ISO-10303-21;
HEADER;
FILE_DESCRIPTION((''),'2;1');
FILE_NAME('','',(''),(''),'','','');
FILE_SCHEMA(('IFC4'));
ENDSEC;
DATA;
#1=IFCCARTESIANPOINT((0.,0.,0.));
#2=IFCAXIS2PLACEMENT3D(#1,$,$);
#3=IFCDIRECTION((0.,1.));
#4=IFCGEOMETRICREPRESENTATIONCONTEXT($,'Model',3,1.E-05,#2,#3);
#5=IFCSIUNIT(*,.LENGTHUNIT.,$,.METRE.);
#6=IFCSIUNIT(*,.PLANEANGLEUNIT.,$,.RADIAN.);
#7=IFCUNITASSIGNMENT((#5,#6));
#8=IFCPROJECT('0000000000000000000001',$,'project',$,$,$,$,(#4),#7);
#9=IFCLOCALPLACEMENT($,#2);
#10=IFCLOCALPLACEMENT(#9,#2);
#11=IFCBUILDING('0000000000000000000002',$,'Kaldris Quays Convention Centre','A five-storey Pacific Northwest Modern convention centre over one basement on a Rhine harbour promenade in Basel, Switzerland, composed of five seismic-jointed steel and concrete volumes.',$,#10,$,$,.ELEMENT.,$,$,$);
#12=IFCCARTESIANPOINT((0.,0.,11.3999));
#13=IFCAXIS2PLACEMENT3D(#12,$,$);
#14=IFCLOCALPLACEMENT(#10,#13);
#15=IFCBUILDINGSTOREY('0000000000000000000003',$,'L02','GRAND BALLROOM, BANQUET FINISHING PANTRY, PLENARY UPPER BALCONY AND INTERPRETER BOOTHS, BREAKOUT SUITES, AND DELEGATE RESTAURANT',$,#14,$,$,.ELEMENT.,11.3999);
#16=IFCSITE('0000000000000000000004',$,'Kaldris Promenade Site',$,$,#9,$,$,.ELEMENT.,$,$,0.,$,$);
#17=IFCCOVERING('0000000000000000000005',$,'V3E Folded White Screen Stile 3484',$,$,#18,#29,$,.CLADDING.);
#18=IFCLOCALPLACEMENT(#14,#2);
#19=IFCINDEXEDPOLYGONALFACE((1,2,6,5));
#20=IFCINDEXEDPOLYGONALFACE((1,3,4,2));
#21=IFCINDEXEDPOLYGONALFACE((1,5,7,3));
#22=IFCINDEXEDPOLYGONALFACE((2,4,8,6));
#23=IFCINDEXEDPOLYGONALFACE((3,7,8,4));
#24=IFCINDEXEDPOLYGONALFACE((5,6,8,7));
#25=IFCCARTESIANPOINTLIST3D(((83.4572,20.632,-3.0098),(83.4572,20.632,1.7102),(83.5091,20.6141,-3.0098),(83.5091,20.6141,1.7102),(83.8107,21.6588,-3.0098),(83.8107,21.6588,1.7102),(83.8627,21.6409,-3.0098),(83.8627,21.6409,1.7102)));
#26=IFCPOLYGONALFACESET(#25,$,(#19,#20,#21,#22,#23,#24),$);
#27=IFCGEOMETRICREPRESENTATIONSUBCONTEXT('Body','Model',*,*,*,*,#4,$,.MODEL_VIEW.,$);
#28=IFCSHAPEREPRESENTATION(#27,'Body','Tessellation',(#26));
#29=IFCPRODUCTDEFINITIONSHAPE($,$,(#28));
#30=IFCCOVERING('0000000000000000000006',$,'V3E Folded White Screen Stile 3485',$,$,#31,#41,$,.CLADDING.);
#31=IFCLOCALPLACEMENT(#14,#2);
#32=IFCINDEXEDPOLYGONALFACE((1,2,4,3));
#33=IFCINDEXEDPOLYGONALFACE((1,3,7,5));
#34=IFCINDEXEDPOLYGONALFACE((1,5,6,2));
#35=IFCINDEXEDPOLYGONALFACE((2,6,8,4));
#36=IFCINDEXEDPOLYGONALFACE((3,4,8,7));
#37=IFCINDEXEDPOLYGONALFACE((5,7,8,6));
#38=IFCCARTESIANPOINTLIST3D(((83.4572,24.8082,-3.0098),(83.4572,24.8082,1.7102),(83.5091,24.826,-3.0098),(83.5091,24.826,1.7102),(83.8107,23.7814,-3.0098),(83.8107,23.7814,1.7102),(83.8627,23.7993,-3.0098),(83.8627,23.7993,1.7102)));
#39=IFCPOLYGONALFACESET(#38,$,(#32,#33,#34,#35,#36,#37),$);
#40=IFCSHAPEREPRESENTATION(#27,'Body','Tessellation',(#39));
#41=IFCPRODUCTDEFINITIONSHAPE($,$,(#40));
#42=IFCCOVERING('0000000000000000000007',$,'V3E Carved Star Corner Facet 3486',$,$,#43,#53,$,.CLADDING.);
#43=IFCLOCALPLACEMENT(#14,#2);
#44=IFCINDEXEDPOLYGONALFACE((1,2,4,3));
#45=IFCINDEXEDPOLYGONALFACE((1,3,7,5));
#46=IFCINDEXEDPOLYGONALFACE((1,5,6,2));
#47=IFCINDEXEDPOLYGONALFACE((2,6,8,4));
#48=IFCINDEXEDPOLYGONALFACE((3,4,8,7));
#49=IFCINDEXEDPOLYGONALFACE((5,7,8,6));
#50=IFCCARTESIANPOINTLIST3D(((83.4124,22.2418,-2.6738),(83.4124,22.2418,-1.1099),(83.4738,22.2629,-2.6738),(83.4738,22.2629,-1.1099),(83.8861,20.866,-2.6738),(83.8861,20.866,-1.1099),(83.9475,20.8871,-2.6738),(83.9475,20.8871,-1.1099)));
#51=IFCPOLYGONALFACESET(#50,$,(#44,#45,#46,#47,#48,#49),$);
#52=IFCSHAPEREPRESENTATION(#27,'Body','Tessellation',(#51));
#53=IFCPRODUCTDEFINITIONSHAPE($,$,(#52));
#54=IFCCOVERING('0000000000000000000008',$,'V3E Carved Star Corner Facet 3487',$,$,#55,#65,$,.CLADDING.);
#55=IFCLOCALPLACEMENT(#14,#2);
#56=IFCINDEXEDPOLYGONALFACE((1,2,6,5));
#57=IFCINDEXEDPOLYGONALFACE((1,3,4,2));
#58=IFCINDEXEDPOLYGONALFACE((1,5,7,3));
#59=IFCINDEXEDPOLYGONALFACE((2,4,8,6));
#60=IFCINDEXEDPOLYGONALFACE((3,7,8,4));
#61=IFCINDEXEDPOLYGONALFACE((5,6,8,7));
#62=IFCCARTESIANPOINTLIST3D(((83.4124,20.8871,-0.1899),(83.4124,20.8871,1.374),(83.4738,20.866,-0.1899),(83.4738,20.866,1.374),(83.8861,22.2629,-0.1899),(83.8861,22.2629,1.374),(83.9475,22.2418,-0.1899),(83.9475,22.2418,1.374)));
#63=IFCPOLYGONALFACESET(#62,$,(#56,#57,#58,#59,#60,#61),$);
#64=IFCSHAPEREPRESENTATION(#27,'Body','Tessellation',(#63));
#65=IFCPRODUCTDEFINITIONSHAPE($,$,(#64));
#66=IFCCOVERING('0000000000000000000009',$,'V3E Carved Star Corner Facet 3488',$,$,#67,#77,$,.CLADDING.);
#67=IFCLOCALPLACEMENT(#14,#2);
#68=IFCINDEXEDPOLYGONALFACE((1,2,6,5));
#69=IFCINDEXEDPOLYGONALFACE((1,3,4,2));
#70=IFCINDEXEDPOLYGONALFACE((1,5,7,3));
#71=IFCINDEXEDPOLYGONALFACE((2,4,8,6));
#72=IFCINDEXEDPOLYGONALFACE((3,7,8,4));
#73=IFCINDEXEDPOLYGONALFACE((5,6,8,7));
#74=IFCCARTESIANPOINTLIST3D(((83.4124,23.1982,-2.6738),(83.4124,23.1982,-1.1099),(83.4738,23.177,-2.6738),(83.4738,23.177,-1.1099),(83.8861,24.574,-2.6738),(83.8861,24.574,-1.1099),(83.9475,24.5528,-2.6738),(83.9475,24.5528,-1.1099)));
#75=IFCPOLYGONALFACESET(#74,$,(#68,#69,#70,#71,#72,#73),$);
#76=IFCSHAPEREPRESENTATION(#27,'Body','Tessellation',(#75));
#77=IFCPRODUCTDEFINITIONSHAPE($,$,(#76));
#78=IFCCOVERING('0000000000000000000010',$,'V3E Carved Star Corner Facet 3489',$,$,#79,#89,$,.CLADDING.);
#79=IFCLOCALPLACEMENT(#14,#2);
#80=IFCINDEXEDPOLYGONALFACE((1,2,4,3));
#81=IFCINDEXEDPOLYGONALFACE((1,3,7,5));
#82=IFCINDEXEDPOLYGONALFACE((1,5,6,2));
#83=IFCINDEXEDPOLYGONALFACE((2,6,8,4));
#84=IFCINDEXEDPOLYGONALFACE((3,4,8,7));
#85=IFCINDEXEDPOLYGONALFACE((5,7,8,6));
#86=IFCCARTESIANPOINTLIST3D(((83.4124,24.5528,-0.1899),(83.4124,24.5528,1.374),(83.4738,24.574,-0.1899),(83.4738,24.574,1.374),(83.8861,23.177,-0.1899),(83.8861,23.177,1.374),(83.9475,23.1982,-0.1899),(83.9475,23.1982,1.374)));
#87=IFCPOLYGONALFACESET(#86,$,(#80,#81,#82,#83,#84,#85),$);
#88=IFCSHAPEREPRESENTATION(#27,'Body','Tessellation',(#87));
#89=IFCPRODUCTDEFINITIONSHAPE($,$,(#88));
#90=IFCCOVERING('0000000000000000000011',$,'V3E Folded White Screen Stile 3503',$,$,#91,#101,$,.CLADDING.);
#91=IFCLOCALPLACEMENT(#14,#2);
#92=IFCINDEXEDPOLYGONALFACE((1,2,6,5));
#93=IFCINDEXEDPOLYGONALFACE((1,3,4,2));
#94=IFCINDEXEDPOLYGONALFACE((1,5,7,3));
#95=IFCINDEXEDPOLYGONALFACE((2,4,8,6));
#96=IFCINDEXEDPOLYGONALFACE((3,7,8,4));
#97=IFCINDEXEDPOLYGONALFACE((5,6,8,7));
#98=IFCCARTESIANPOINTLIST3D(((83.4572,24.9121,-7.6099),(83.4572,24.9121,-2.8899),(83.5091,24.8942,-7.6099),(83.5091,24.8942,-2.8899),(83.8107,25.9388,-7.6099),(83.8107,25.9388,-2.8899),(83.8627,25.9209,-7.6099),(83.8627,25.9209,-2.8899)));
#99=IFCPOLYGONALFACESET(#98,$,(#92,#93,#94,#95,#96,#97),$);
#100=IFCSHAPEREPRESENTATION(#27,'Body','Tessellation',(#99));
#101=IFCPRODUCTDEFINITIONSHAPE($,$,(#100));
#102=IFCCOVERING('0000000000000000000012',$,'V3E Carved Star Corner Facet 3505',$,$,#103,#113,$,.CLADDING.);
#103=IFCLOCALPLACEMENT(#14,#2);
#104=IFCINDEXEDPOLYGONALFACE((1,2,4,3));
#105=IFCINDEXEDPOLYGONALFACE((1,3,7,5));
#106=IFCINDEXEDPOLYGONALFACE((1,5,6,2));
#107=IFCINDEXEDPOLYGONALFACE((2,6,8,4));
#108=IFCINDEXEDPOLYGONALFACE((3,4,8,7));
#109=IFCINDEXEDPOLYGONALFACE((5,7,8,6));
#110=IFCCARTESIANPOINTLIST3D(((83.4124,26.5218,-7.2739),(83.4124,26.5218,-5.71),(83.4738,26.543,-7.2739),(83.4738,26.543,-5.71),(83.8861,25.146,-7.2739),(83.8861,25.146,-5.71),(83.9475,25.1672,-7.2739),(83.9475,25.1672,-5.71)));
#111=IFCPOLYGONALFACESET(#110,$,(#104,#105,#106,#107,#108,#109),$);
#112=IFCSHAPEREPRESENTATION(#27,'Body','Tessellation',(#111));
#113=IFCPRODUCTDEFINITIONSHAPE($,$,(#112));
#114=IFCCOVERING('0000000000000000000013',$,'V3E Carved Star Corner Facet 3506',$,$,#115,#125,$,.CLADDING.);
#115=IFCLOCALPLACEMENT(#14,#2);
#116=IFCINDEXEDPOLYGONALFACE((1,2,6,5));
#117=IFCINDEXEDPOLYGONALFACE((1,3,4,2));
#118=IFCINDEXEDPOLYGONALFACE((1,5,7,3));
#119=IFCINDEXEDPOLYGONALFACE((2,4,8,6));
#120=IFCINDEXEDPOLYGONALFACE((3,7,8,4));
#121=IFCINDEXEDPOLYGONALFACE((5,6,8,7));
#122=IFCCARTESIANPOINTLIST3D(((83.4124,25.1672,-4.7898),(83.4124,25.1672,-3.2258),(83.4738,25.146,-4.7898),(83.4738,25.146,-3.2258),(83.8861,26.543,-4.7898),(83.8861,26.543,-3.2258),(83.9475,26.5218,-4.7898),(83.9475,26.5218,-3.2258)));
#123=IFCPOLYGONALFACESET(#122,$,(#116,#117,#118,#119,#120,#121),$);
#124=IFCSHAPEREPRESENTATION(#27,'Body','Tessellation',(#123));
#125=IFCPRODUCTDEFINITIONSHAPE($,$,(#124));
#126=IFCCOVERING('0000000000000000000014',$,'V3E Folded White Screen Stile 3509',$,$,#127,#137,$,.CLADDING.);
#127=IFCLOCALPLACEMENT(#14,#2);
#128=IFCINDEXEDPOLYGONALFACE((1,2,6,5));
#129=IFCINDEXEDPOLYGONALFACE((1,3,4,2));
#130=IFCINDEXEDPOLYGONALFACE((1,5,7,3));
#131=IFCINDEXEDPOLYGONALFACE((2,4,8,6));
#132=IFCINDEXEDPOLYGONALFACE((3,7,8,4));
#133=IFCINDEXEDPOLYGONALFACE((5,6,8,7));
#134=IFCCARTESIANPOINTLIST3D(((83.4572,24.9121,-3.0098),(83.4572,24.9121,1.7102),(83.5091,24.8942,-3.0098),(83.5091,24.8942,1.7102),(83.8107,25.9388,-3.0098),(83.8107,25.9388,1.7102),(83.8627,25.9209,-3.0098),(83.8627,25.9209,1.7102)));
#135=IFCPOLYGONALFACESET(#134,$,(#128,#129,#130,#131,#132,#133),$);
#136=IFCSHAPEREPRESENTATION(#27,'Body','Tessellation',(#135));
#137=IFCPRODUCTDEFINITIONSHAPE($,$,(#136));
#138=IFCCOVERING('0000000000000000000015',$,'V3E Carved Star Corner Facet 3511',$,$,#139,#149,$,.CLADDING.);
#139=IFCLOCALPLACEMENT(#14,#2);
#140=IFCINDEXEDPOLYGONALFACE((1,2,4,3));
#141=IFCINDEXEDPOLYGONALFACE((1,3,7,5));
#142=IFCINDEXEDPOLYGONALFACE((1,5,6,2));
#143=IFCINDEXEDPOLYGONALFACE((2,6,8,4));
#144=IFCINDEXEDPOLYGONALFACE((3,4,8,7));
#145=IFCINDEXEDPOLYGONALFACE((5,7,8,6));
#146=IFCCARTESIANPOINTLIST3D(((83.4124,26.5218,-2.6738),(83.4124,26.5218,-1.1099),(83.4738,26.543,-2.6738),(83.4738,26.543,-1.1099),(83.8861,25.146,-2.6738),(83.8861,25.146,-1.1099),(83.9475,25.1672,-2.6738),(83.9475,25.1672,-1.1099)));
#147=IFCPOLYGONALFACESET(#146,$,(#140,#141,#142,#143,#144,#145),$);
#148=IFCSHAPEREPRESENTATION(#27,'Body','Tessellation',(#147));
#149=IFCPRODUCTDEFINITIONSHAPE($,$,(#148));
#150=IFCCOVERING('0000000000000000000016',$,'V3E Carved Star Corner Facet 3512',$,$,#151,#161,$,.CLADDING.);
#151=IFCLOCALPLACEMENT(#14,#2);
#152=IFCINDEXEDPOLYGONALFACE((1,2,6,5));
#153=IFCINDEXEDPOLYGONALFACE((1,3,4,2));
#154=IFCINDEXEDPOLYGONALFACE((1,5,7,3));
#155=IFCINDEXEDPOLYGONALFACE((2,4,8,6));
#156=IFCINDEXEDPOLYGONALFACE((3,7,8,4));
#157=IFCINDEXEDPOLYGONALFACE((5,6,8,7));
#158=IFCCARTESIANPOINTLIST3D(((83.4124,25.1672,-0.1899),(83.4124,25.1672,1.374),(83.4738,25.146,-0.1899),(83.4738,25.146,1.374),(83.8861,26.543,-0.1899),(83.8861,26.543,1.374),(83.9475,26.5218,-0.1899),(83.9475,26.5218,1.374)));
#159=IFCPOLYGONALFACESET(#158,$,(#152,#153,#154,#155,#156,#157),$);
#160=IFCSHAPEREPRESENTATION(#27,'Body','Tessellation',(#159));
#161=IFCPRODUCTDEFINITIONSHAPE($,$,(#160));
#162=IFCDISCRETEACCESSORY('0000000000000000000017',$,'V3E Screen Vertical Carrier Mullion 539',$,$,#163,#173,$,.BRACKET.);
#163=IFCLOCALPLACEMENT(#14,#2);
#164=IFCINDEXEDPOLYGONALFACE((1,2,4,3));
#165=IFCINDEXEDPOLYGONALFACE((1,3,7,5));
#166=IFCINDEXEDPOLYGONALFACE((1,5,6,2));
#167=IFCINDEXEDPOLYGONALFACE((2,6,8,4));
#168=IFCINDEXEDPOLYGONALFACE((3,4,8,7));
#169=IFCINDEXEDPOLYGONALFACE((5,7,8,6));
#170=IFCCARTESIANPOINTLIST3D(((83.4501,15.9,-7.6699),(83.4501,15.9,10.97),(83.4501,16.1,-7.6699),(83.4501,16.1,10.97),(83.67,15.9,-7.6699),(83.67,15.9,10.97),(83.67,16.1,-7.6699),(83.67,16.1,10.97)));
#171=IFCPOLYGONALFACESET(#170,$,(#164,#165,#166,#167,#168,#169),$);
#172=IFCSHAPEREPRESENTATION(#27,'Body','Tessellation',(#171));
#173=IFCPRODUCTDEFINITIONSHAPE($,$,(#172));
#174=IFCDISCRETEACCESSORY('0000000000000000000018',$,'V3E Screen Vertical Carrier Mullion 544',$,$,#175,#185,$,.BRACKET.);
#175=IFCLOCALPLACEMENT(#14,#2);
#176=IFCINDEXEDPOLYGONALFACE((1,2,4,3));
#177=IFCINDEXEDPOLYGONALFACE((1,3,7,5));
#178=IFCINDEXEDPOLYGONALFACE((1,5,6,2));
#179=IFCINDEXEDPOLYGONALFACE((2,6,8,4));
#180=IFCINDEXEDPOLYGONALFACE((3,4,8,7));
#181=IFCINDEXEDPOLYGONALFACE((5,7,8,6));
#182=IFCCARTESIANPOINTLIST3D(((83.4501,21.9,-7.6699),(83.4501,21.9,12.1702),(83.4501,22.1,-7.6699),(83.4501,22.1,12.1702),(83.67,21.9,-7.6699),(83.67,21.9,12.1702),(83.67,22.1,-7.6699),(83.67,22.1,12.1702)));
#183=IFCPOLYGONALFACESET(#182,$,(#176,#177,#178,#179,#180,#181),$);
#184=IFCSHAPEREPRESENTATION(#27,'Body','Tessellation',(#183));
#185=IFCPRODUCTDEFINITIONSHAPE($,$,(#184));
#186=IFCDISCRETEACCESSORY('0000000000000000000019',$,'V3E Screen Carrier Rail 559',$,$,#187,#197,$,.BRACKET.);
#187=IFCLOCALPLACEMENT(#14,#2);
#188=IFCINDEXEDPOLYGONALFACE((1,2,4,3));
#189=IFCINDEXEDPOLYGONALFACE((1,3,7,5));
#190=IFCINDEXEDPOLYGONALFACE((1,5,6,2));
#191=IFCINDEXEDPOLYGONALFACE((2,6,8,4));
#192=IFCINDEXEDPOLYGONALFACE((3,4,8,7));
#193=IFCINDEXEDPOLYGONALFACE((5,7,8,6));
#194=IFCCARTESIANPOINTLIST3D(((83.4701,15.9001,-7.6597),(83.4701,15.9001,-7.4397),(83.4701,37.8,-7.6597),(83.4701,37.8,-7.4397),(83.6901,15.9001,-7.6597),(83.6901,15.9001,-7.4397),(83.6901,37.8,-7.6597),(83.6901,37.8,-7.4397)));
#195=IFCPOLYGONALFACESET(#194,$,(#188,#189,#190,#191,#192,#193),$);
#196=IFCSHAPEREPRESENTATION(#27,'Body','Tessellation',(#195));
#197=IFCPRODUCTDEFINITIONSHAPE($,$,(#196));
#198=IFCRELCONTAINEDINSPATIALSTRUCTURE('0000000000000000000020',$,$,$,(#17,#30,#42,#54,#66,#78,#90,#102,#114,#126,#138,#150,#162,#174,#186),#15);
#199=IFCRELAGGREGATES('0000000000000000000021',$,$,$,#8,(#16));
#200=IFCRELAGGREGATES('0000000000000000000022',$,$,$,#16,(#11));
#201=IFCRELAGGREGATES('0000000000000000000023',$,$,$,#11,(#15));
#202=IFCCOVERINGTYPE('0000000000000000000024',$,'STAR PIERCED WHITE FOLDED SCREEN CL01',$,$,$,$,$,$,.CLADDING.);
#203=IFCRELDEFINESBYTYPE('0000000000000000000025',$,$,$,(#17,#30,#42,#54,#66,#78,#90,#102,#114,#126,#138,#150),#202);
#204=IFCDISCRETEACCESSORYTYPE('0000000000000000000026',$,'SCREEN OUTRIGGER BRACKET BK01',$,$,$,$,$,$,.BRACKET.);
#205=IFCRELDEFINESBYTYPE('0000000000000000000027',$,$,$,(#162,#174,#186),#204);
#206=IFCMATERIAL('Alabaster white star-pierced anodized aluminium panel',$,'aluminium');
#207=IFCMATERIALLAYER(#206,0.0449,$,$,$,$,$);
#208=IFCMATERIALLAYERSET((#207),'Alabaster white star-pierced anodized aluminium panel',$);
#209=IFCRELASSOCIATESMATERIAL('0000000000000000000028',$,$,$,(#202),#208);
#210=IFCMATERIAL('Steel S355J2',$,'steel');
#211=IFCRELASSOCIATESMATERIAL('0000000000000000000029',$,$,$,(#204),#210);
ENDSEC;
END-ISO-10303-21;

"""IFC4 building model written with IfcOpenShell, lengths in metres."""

from ifc_helpers import new_model, si_unit, direction, frame, origin, origin_2d, place, context, subcontext, project, spatial, rectangle, extrude, material, layer, layer_set, type_object, element, save


model = new_model("IFC4")

# Units and contexts
model_context = context("Model", 3, precision=1e-05, world=origin(), true_north=direction((0.0, 1.0)))
body_context = subcontext(model_context, "Body", "Model", "MODEL_VIEW")
ifc_project = project(units=[si_unit("LENGTHUNIT", "METRE"), si_unit("PLANEANGLEUNIT", "RADIAN")], contexts=[model_context])

# Site, building, storey
site_placement = place(None, origin())
site = spatial("IfcSite", under=ifc_project, at=site_placement, Name="Kaldris Promenade Site", CompositionType="ELEMENT", RefElevation=0.0)
building_placement = place(site_placement, origin())
building = spatial("IfcBuilding", under=site, at=building_placement, Name="Kaldris Quays Convention Centre", Description="A five-storey Pacific Northwest Modern convention centre over one basement on a Rhine harbour promenade in Basel, Switzerland, composed of five seismic-jointed steel and concrete volumes.", CompositionType="ELEMENT")
storey_placement = place(building_placement, frame((0.0, 0.0, 11.3999)))
storey = spatial("IfcBuildingStorey", under=building, at=storey_placement, Name="L02", Description="GRAND BALLROOM, BANQUET FINISHING PANTRY, PLENARY UPPER BALCONY AND INTERPRETER BOOTHS, BREAKOUT SUITES, AND DELEGATE RESTAURANT", CompositionType="ELEMENT", Elevation=11.3999)

# Coverings
ifc_material_1 = material(Name="Alabaster white star-pierced anodized aluminium panel", Category="aluminium")
ifc_layer = layer(ifc_material_1, 0.0449)
ifc_layer_set = layer_set([ifc_layer], Name="Alabaster white star-pierced anodized aluminium panel")
covering_type = type_object("IfcCoveringType", Name="STAR PIERCED WHITE FOLDED SCREEN CL01", PredefinedType="CLADDING", material=ifc_layer_set)
for number, where, z_axis, x_axis, name in (
    (1, (83.6599, 21.1365, -3.0098), (0.0, 0.0, 1.0), (0.325568, 0.945519, 0.0), "V3E Folded White Screen Stile 3484"),
    (2, (83.6599, 24.3037, -3.0098), (0.0, 0.0, 1.0), (-0.325568, 0.945519, 0.0), "V3E Folded White Screen Stile 3485"),
):
    element("IfcCovering", number, at=place(storey_placement, frame(where, z_axis=z_axis, x_axis=x_axis)), inside=storey, type_object=covering_type, Name=name, PredefinedType="CLADDING", context=body_context, shape_type="SweptSolid", body=[
        extrude(rectangle(XDim=1.0859, YDim=0.0549, at=origin_2d()), origin(), (0.0, 0.0, 1.0), 4.72),
    ])
for number, where, z_axis, x_axis, name in (
    (3, (83.6799, 21.5645, -2.6738), (0.0, 0.0, 1.0), (-0.325568, 0.945519, 0.0), "V3E Carved Star Corner Facet 3486"),
    (4, (83.6799, 21.5645, -0.1899), (0.0, 0.0, 1.0), (0.325568, 0.945519, 0.0), "V3E Carved Star Corner Facet 3487"),
    (5, (83.6799, 23.8755, -2.6738), (0.0, 0.0, 1.0), (0.325568, 0.945519, 0.0), "V3E Carved Star Corner Facet 3488"),
    (6, (83.6799, 23.8755, -0.1899), (0.0, 0.0, 1.0), (-0.325568, 0.945519, 0.0), "V3E Carved Star Corner Facet 3489"),
):
    element("IfcCovering", number, at=place(storey_placement, frame(where, z_axis=z_axis, x_axis=x_axis)), inside=storey, type_object=covering_type, Name=name, PredefinedType="CLADDING", context=body_context, shape_type="SweptSolid", body=[
        extrude(rectangle(XDim=1.4551, YDim=0.0649, at=origin_2d()), origin(), (0.0, 0.0, 1.0), 1.564),
    ])
covering_1_placement = place(storey_placement, frame((83.6599, 25.4165, -7.6099), z_axis=(0.0, 0.0, 1.0), x_axis=(0.325568, 0.945519, 0.0)))
element("IfcCovering", 7, at=covering_1_placement, inside=storey, type_object=covering_type, Name="V3E Folded White Screen Stile 3503", PredefinedType="CLADDING", context=body_context, shape_type="SweptSolid", body=[
    extrude(rectangle(XDim=1.0859, YDim=0.0549, at=origin_2d()), origin(), (0.0, 0.0, 1.0), 4.72),
])
for number, where, z_axis, x_axis, name in (
    (8, (83.6799, 25.8445, -7.2739), (0.0, 0.0, 1.0), (-0.325568, 0.945519, 0.0), "V3E Carved Star Corner Facet 3505"),
    (9, (83.6799, 25.8445, -4.7898), (0.0, 0.0, 1.0), (0.325568, 0.945519, 0.0), "V3E Carved Star Corner Facet 3506"),
):
    element("IfcCovering", number, at=place(storey_placement, frame(where, z_axis=z_axis, x_axis=x_axis)), inside=storey, type_object=covering_type, Name=name, PredefinedType="CLADDING", context=body_context, shape_type="SweptSolid", body=[
        extrude(rectangle(XDim=1.4551, YDim=0.0649, at=origin_2d()), origin(), (0.0, 0.0, 1.0), 1.564),
    ])
covering_2_placement = place(storey_placement, frame((83.6599, 25.4165, -3.0098), z_axis=(0.0, 0.0, 1.0), x_axis=(0.325568, 0.945519, 0.0)))
element("IfcCovering", 10, at=covering_2_placement, inside=storey, type_object=covering_type, Name="V3E Folded White Screen Stile 3509", PredefinedType="CLADDING", context=body_context, shape_type="SweptSolid", body=[
    extrude(rectangle(XDim=1.0859, YDim=0.0549, at=origin_2d()), origin(), (0.0, 0.0, 1.0), 4.72),
])
for number, where, z_axis, x_axis, name in (
    (11, (83.6799, 25.8445, -2.6738), (0.0, 0.0, 1.0), (-0.325568, 0.945519, 0.0), "V3E Carved Star Corner Facet 3511"),
    (12, (83.6799, 25.8445, -0.1899), (0.0, 0.0, 1.0), (0.325568, 0.945519, 0.0), "V3E Carved Star Corner Facet 3512"),
):
    element("IfcCovering", number, at=place(storey_placement, frame(where, z_axis=z_axis, x_axis=x_axis)), inside=storey, type_object=covering_type, Name=name, PredefinedType="CLADDING", context=body_context, shape_type="SweptSolid", body=[
        extrude(rectangle(XDim=1.4551, YDim=0.0649, at=origin_2d()), origin(), (0.0, 0.0, 1.0), 1.564),
    ])

# Discrete accessories
ifc_material_2 = material(Name="Steel S355J2", Category="steel")
discrete_accessory_type = type_object("IfcDiscreteAccessoryType", Name="SCREEN OUTRIGGER BRACKET BK01", PredefinedType="BRACKET", material=ifc_material_2)
discrete_accessory_1_placement = place(storey_placement, frame((83.5601, 16.0, -7.6699), z_axis=(0.0, 0.0, 1.0), x_axis=(0.0, 1.0, 0.0)))
element("IfcDiscreteAccessory", 13, at=discrete_accessory_1_placement, inside=storey, type_object=discrete_accessory_type, Name="V3E Screen Vertical Carrier Mullion 539", PredefinedType="BRACKET", context=body_context, shape_type="SweptSolid", body=[
    extrude(rectangle(XDim=0.2, YDim=0.22, at=origin_2d()), origin(), (0.0, 0.0, 1.0), 18.6399),
])
discrete_accessory_2_placement = place(storey_placement, frame((83.5601, 22.0, -7.6699), z_axis=(0.0, 0.0, 1.0), x_axis=(0.0, 1.0, 0.0)))
element("IfcDiscreteAccessory", 14, at=discrete_accessory_2_placement, inside=storey, type_object=discrete_accessory_type, Name="V3E Screen Vertical Carrier Mullion 544", PredefinedType="BRACKET", context=body_context, shape_type="SweptSolid", body=[
    extrude(rectangle(XDim=0.2, YDim=0.22, at=origin_2d()), origin(), (0.0, 0.0, 1.0), 19.8401),
])
discrete_accessory_3_placement = place(storey_placement, frame((83.5801, 26.8501, -7.6597), z_axis=(0.0, 0.0, 1.0), x_axis=(0.0, 1.0, 0.0)))
element("IfcDiscreteAccessory", 15, at=discrete_accessory_3_placement, inside=storey, type_object=discrete_accessory_type, Name="V3E Screen Carrier Rail 559", PredefinedType="BRACKET", context=body_context, shape_type="SweptSolid", body=[
    extrude(rectangle(XDim=21.8999, YDim=0.22, at=origin_2d()), origin(), (0.0, 0.0, 1.0), 0.22),
])

save(model, "model.ifc")
